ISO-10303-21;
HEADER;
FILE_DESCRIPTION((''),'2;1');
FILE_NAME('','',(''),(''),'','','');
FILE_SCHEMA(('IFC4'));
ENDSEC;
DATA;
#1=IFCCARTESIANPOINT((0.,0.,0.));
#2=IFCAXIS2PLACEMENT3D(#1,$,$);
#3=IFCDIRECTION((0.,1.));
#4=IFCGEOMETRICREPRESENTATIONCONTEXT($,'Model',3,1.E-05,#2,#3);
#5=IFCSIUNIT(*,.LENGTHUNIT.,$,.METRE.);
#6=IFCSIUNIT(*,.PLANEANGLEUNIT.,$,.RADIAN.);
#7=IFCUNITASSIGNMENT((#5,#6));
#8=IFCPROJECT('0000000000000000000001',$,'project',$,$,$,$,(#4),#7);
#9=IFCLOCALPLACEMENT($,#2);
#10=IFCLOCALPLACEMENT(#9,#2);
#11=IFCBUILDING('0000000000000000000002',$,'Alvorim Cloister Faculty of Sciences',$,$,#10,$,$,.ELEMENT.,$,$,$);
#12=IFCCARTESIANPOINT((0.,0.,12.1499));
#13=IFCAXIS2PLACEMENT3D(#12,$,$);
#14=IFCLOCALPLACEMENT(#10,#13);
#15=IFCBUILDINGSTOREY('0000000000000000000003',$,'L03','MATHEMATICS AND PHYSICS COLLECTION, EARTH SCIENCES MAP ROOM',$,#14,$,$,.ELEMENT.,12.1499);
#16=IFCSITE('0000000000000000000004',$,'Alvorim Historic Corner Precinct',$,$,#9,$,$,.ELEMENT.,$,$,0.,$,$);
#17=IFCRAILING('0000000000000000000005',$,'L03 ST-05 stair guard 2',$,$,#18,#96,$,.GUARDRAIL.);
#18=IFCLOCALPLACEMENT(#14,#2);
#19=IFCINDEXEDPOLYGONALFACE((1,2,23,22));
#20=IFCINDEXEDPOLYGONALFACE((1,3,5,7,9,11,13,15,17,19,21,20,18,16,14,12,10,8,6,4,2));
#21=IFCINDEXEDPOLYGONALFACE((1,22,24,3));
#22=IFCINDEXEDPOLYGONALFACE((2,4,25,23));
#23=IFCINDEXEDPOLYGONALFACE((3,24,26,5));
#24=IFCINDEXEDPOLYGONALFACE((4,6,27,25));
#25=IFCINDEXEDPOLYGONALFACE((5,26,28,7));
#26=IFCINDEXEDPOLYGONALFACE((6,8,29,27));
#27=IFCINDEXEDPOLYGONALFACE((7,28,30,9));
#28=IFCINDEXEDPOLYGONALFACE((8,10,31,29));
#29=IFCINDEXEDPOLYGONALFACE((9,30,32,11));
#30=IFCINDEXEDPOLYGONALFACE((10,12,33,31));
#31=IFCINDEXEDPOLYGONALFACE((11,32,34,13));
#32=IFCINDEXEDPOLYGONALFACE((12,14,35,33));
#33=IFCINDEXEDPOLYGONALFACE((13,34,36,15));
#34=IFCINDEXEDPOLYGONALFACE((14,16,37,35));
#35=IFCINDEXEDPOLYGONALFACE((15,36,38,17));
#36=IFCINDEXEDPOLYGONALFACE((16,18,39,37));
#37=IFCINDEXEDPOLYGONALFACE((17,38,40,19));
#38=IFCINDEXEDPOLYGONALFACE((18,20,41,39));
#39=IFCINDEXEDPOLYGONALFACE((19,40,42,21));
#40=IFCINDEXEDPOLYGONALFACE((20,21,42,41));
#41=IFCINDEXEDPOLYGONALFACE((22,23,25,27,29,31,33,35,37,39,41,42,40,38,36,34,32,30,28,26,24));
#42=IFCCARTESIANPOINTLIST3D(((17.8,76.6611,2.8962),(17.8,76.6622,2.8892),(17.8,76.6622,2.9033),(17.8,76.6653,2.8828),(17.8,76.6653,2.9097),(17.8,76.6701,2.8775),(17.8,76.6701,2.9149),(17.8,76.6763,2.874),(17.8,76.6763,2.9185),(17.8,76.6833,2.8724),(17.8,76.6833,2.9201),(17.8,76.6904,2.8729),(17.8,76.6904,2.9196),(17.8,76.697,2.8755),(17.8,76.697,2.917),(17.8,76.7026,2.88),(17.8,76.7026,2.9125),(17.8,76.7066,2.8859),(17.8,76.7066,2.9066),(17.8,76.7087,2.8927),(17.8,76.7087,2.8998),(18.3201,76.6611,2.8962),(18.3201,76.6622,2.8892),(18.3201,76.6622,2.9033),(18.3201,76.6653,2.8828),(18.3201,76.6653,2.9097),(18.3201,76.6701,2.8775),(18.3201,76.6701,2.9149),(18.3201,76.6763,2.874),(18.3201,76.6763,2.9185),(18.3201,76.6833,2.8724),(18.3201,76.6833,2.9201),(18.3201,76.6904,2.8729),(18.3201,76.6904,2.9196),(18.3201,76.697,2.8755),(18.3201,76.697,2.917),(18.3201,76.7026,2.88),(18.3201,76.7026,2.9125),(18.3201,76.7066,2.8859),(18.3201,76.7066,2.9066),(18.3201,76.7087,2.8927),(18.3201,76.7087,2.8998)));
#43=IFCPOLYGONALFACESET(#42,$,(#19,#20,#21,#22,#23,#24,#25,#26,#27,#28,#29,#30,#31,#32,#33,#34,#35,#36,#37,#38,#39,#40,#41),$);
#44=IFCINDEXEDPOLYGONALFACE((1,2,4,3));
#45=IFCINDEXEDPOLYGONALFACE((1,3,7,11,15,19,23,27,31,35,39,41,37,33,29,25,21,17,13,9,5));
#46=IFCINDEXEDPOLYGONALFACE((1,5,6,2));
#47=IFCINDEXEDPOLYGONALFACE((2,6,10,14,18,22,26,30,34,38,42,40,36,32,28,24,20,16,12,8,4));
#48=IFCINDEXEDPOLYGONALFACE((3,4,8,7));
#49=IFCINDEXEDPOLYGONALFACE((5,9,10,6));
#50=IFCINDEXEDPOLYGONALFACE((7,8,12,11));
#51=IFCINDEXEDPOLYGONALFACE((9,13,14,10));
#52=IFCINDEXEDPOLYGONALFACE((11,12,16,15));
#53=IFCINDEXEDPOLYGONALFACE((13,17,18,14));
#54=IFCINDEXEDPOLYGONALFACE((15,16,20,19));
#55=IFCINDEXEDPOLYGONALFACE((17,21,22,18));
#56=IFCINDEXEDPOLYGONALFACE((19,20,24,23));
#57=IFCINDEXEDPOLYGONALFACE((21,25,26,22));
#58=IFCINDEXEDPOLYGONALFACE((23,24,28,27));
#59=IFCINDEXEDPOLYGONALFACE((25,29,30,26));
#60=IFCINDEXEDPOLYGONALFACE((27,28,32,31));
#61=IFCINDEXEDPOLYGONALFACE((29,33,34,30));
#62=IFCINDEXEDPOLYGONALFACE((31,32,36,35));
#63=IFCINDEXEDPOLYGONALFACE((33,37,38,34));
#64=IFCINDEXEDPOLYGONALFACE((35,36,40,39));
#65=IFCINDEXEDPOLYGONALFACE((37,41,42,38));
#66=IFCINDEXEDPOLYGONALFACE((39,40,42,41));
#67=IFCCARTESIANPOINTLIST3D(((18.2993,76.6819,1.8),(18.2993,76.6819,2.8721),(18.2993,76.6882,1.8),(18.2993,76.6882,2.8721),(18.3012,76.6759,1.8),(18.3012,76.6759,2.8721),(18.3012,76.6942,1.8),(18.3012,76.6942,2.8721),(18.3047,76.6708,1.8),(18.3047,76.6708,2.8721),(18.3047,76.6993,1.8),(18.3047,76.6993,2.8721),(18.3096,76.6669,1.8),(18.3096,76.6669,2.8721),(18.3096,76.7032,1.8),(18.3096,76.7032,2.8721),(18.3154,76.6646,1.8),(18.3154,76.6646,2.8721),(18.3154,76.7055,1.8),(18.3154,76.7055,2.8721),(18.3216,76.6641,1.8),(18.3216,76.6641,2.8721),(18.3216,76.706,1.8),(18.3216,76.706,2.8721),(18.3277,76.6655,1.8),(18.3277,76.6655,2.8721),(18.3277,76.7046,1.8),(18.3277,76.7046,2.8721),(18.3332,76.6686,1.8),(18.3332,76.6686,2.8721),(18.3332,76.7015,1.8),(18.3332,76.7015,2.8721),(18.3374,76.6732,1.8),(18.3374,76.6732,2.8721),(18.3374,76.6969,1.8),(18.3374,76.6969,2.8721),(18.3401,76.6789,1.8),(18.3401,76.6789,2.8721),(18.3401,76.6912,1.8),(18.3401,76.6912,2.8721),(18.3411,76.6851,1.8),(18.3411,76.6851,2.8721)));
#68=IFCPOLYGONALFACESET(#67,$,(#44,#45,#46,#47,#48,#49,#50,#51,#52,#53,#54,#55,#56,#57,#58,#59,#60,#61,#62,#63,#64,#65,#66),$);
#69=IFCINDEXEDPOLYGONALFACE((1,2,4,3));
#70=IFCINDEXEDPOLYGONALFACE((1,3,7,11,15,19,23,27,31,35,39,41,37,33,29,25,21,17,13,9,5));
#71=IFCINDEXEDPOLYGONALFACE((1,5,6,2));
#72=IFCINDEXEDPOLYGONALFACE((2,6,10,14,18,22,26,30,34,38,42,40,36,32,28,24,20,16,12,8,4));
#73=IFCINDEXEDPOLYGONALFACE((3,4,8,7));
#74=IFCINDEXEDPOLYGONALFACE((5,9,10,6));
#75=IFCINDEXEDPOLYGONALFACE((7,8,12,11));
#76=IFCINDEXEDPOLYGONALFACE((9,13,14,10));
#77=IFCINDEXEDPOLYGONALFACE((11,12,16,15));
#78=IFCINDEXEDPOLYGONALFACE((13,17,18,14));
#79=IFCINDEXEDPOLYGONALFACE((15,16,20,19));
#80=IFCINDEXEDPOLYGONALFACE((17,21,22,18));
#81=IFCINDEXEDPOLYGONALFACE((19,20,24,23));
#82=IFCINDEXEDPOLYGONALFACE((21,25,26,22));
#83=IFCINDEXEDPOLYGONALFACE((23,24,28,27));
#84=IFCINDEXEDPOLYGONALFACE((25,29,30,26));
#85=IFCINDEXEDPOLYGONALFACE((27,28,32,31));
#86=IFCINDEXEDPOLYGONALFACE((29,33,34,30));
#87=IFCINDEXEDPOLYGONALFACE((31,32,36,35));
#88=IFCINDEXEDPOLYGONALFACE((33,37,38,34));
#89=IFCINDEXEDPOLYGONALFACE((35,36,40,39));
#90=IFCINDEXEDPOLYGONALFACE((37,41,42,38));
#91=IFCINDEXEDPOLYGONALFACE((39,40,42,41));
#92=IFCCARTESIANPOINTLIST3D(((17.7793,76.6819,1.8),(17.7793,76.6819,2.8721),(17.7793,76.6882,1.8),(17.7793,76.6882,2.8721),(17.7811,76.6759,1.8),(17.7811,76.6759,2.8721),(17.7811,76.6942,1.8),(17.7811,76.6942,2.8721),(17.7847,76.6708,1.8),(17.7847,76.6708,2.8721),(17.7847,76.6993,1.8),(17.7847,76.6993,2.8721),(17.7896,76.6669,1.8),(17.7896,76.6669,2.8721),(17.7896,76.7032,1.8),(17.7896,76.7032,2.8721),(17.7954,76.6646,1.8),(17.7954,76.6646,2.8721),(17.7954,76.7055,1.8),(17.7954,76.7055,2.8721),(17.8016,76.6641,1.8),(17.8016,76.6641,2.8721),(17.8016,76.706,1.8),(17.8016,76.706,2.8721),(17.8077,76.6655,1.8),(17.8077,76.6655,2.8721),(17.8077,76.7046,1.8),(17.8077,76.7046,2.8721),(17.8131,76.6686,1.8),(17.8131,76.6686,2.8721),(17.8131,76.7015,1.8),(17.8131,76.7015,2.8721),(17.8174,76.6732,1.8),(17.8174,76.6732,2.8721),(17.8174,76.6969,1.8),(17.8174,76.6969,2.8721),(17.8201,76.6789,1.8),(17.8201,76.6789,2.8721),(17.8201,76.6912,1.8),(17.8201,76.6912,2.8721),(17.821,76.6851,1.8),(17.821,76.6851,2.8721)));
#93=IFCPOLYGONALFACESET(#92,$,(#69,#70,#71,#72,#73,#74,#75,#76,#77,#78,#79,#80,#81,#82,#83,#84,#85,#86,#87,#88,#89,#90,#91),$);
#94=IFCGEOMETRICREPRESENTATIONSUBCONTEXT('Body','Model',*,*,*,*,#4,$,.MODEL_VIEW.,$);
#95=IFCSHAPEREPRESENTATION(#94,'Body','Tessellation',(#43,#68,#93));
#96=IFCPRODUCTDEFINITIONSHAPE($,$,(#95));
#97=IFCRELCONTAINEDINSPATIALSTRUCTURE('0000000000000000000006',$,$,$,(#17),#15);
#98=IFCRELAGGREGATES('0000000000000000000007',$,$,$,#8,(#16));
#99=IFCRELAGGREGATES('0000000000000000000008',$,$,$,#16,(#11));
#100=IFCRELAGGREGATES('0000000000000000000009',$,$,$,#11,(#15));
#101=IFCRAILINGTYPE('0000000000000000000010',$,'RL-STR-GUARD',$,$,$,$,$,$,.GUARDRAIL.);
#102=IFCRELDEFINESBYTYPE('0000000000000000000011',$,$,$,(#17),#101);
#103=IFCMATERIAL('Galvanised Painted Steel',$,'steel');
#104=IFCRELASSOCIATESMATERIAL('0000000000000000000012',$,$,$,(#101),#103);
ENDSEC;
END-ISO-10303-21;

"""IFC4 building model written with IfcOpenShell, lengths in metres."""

from ifc_helpers import new_model, si_unit, direction, frame, origin, origin_2d, place, context, subcontext, project, spatial, circle, extrude, material, type_object, element, save


model = new_model("IFC4")

# Units and contexts
model_context = context("Model", 3, precision=1e-05, world=origin(), true_north=direction((0.0, 1.0)))
body_context = subcontext(model_context, "Body", "Model", "MODEL_VIEW")
ifc_project = project(units=[si_unit("LENGTHUNIT", "METRE"), si_unit("PLANEANGLEUNIT", "RADIAN")], contexts=[model_context])

# Site, building, storey
site_placement = place(None, origin())
site = spatial("IfcSite", under=ifc_project, at=site_placement, Name="Alvorim Historic Corner Precinct", CompositionType="ELEMENT", RefElevation=0.0)
building_placement = place(site_placement, origin())
building = spatial("IfcBuilding", under=site, at=building_placement, Name="Alvorim Cloister Faculty of Sciences", CompositionType="ELEMENT")
storey_placement = place(building_placement, frame((0.0, 0.0, 12.1499)))
storey = spatial("IfcBuildingStorey", under=building, at=storey_placement, Name="L03", Description="MATHEMATICS AND PHYSICS COLLECTION, EARTH SCIENCES MAP ROOM", CompositionType="ELEMENT", Elevation=12.1499)

# Railing
ifc_material_1 = material(Name="Galvanised Painted Steel", Category="steel")
railing_type_1 = type_object("IfcRailingType", Name="RL-STR-GUARD", PredefinedType="GUARDRAIL", material=ifc_material_1)
railing_1_placement = place(storey_placement, frame((18.3201, 76.6851, 1.8)))
element("IfcRailing", 1, at=railing_1_placement, inside=storey, type_object=railing_type_1, Name="L03 ST-05 stair guard 2", PredefinedType="GUARDRAIL", context=body_context, shape_type="SweptSolid", body=[
    extrude(circle(Radius=0.0239, at=origin_2d()), frame((0.0, 0.0, 1.0962), z_axis=(-1.0, 0.0, 0.0), x_axis=(0.0, -1.0, 0.0)), (0.0, 0.0, 1.0), 0.52),
    extrude(circle(Radius=0.021, at=origin_2d()), origin(), (0.0, 0.0, 1.0), 1.072),
    extrude(circle(Radius=0.021, at=origin_2d()), frame((-0.52, 0.0, 0.0)), (0.0, 0.0, 1.0), 1.072),
])

save(model, "model.ifc")
